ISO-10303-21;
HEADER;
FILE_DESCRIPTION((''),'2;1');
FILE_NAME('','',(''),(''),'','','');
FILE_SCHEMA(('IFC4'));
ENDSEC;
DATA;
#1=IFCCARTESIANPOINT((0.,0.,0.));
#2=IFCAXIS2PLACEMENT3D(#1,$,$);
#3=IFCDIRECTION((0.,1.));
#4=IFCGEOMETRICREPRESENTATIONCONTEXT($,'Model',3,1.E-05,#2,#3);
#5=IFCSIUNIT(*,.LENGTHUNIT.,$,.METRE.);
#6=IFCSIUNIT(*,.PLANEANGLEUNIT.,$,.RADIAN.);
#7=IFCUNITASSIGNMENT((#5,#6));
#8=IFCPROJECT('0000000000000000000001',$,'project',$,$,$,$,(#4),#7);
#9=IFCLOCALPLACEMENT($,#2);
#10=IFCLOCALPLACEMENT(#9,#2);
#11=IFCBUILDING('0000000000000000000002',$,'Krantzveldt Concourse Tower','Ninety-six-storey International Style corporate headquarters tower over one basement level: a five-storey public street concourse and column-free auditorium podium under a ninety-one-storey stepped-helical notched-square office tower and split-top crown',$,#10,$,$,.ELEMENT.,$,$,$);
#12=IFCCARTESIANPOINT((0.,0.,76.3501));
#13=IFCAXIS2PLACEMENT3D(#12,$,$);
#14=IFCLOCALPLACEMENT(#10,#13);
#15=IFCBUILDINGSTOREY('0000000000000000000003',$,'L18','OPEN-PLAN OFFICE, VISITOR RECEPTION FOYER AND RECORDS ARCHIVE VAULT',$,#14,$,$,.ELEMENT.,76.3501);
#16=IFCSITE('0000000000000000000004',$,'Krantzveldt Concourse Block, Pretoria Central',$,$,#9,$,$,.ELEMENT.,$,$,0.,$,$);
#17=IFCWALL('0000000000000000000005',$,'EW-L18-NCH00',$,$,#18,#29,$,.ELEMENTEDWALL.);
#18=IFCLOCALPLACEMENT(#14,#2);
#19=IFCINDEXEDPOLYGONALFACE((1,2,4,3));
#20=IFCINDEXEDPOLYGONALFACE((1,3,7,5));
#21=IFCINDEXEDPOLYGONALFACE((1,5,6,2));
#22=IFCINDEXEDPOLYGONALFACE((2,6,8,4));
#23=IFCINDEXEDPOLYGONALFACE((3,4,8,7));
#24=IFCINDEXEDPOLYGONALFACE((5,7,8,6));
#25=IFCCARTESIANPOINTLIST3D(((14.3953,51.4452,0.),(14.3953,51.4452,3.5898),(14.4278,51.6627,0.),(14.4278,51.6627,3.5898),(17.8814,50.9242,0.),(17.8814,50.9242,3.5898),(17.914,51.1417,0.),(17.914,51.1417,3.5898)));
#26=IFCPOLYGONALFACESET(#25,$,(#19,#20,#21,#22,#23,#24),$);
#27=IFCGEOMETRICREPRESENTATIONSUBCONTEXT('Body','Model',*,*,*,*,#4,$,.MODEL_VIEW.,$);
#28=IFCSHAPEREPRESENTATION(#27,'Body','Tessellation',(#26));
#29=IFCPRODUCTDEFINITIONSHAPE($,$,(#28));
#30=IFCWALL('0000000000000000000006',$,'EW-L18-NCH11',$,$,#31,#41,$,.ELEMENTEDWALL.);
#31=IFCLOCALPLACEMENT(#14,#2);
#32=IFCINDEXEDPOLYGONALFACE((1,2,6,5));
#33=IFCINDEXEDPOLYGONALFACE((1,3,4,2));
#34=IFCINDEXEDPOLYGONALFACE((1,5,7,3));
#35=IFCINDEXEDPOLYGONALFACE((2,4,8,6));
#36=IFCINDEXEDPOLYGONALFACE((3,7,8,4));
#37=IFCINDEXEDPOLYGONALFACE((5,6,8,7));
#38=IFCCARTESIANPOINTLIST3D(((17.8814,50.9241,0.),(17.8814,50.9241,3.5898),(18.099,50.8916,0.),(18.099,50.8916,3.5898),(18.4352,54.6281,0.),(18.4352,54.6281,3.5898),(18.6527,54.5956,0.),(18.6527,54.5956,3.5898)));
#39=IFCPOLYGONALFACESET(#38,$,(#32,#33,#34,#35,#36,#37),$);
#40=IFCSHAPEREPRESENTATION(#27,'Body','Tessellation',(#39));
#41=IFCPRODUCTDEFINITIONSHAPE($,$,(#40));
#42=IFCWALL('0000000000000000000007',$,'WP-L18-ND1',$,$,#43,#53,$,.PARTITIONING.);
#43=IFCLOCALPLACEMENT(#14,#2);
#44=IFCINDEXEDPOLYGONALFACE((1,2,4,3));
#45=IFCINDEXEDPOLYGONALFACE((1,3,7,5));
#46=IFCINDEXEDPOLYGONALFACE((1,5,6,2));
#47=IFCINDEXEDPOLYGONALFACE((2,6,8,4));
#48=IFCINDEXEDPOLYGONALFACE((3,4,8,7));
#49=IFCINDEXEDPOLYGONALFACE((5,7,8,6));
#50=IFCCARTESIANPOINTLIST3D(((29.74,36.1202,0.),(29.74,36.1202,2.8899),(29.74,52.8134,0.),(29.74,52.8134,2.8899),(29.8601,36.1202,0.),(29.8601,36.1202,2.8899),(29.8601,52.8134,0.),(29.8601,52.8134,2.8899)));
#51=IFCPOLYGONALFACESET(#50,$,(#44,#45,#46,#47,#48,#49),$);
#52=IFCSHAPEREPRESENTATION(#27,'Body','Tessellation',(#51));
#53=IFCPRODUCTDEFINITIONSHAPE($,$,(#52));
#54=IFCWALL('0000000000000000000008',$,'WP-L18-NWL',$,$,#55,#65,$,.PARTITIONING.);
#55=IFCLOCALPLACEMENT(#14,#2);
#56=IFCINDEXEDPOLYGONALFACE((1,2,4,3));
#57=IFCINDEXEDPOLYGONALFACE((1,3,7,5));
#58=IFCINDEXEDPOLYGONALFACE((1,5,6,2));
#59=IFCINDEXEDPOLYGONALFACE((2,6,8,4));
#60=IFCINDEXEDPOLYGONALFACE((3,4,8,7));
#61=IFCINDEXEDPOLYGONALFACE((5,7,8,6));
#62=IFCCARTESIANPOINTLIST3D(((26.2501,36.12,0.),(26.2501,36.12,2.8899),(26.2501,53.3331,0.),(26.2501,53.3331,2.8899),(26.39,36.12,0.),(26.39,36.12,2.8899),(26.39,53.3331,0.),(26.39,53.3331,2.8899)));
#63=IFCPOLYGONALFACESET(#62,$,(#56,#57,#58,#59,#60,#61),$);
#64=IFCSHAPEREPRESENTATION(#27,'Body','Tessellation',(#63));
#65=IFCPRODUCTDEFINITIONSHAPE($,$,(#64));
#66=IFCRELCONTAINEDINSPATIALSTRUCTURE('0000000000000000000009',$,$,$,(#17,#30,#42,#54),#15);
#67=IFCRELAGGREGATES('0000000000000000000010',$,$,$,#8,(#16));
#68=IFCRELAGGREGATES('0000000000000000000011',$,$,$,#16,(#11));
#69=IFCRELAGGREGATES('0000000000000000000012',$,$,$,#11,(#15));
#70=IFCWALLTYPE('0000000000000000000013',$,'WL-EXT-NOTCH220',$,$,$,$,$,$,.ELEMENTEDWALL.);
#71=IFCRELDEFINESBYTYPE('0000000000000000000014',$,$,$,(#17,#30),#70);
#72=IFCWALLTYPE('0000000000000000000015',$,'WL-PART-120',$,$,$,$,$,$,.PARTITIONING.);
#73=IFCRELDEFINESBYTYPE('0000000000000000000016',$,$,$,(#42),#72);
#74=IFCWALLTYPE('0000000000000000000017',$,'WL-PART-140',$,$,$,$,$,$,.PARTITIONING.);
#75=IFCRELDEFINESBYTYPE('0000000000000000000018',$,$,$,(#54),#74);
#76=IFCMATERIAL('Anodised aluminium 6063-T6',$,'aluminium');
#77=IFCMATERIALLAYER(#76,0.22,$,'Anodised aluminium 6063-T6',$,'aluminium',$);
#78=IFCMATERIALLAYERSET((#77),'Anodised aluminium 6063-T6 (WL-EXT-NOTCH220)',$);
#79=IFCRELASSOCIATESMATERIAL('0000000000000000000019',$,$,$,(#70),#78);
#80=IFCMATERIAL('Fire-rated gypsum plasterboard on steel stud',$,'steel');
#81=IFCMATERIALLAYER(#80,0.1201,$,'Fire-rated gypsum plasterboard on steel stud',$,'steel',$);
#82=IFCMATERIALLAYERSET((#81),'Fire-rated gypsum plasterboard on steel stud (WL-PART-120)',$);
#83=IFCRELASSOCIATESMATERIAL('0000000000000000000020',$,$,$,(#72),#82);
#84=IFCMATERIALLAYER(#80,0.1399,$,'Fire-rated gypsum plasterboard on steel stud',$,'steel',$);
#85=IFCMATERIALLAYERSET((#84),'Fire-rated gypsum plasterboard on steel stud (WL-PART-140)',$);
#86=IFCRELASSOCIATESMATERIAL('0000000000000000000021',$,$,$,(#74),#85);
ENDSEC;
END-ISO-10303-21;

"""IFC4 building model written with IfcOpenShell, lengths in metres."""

from ifc_helpers import new_model, si_unit, direction, frame, frame_2d, origin, place, context, subcontext, project, spatial, rectangle, extrude, material, layer, layer_set, type_object, element, save


model = new_model("IFC4")

# Units and contexts
model_context = context("Model", 3, precision=1e-05, world=origin(), true_north=direction((0.0, 1.0)))
body_context = subcontext(model_context, "Body", "Model", "MODEL_VIEW")
ifc_project = project(units=[si_unit("LENGTHUNIT", "METRE"), si_unit("PLANEANGLEUNIT", "RADIAN")], contexts=[model_context])

# Site, building, storey
site_placement = place(None, origin())
site = spatial("IfcSite", under=ifc_project, at=site_placement, Name="Krantzveldt Concourse Block, Pretoria Central", CompositionType="ELEMENT", RefElevation=0.0)
building_placement = place(site_placement, origin())
building = spatial("IfcBuilding", under=site, at=building_placement, Name="Krantzveldt Concourse Tower", Description="Ninety-six-storey International Style corporate headquarters tower over one basement level: a five-storey public street concourse and column-free auditorium podium under a ninety-one-storey stepped-helical notched-square office tower and split-top crown", CompositionType="ELEMENT")
storey_placement = place(building_placement, frame((0.0, 0.0, 76.3501)))
storey = spatial("IfcBuildingStorey", under=building, at=storey_placement, Name="L18", Description="OPEN-PLAN OFFICE, VISITOR RECEPTION FOYER AND RECORDS ARCHIVE VAULT", CompositionType="ELEMENT", Elevation=76.3501)

# Shared definitions
ifc_material_1 = material(Name="Anodised aluminium 6063-T6", Category="aluminium")

# Walls
ifc_layer_1 = layer(ifc_material_1, 0.22, Name="Anodised aluminium 6063-T6", Category="aluminium")
ifc_layer_set_1 = layer_set([ifc_layer_1], Name="Anodised aluminium 6063-T6 (WL-EXT-NOTCH220)")
wall_type_1 = type_object("IfcWallType", Name="WL-EXT-NOTCH220", PredefinedType="ELEMENTEDWALL", material=ifc_layer_set_1)
wall_1_placement = place(storey_placement, frame((17.8977, 51.033, 0.0), z_axis=(0.0, 0.0, 1.0), x_axis=(-0.989016, 0.147809, 0.0)))
element("IfcWall", 1, at=wall_1_placement, inside=storey, type_object=wall_type_1, Name="EW-L18-NCH00", PredefinedType="ELEMENTEDWALL", context=body_context, shape_type="SweptSolid", body=[
    extrude(rectangle(XDim=3.5249, YDim=0.22, at=frame_2d((1.7625, 0.0))), origin(), (0.0, 0.0, 1.0), 3.5898),
])
wall_2_placement = place(storey_placement, frame((18.5439, 54.6118, 0.0), z_axis=(0.0, 0.0, 1.0), x_axis=(-0.147853, -0.989009, 0.0)))
element("IfcWall", 2, at=wall_2_placement, inside=storey, type_object=wall_type_1, Name="EW-L18-NCH11", PredefinedType="ELEMENTEDWALL", context=body_context, shape_type="SweptSolid", body=[
    extrude(rectangle(XDim=3.7451, YDim=0.22, at=frame_2d((1.8726, 0.0))), origin(), (0.0, 0.0, 1.0), 3.5898),
])
ifc_material_2 = material(Name="Fire-rated gypsum plasterboard on steel stud", Category="steel")
ifc_layer_2 = layer(ifc_material_2, 0.1201, Name="Fire-rated gypsum plasterboard on steel stud", Category="steel")
ifc_layer_set_2 = layer_set([ifc_layer_2], Name="Fire-rated gypsum plasterboard on steel stud (WL-PART-120)")
wall_type_2 = type_object("IfcWallType", Name="WL-PART-120", PredefinedType="PARTITIONING", material=ifc_layer_set_2)
wall_3_placement = place(storey_placement, frame((29.8, 36.1201, 0.0), z_axis=(0.0, 0.0, 1.0), x_axis=(0.0, 1.0, 0.0)))
element("IfcWall", 3, at=wall_3_placement, inside=storey, type_object=wall_type_2, Name="WP-L18-ND1", PredefinedType="PARTITIONING", context=body_context, shape_type="SweptSolid", body=[
    extrude(rectangle(XDim=16.6931, YDim=0.1201, at=frame_2d((8.3467, 0.0))), origin(), (0.0, 0.0, 1.0), 2.8899),
])
ifc_layer_3 = layer(ifc_material_2, 0.1399, Name="Fire-rated gypsum plasterboard on steel stud", Category="steel")
ifc_layer_set_3 = layer_set([ifc_layer_3], Name="Fire-rated gypsum plasterboard on steel stud (WL-PART-140)")
wall_type_3 = type_object("IfcWallType", Name="WL-PART-140", PredefinedType="PARTITIONING", material=ifc_layer_set_3)
wall_4_placement = place(storey_placement, frame((26.3201, 36.1201, 0.0), z_axis=(0.0, 0.0, 1.0), x_axis=(0.0, 1.0, 0.0)))
element("IfcWall", 4, at=wall_4_placement, inside=storey, type_object=wall_type_3, Name="WP-L18-NWL", PredefinedType="PARTITIONING", context=body_context, shape_type="SweptSolid", body=[
    extrude(rectangle(XDim=17.2131, YDim=0.1399, at=frame_2d((8.6064, 0.0))), origin(), (0.0, 0.0, 1.0), 2.8899),
])

save(model, "model.ifc")
